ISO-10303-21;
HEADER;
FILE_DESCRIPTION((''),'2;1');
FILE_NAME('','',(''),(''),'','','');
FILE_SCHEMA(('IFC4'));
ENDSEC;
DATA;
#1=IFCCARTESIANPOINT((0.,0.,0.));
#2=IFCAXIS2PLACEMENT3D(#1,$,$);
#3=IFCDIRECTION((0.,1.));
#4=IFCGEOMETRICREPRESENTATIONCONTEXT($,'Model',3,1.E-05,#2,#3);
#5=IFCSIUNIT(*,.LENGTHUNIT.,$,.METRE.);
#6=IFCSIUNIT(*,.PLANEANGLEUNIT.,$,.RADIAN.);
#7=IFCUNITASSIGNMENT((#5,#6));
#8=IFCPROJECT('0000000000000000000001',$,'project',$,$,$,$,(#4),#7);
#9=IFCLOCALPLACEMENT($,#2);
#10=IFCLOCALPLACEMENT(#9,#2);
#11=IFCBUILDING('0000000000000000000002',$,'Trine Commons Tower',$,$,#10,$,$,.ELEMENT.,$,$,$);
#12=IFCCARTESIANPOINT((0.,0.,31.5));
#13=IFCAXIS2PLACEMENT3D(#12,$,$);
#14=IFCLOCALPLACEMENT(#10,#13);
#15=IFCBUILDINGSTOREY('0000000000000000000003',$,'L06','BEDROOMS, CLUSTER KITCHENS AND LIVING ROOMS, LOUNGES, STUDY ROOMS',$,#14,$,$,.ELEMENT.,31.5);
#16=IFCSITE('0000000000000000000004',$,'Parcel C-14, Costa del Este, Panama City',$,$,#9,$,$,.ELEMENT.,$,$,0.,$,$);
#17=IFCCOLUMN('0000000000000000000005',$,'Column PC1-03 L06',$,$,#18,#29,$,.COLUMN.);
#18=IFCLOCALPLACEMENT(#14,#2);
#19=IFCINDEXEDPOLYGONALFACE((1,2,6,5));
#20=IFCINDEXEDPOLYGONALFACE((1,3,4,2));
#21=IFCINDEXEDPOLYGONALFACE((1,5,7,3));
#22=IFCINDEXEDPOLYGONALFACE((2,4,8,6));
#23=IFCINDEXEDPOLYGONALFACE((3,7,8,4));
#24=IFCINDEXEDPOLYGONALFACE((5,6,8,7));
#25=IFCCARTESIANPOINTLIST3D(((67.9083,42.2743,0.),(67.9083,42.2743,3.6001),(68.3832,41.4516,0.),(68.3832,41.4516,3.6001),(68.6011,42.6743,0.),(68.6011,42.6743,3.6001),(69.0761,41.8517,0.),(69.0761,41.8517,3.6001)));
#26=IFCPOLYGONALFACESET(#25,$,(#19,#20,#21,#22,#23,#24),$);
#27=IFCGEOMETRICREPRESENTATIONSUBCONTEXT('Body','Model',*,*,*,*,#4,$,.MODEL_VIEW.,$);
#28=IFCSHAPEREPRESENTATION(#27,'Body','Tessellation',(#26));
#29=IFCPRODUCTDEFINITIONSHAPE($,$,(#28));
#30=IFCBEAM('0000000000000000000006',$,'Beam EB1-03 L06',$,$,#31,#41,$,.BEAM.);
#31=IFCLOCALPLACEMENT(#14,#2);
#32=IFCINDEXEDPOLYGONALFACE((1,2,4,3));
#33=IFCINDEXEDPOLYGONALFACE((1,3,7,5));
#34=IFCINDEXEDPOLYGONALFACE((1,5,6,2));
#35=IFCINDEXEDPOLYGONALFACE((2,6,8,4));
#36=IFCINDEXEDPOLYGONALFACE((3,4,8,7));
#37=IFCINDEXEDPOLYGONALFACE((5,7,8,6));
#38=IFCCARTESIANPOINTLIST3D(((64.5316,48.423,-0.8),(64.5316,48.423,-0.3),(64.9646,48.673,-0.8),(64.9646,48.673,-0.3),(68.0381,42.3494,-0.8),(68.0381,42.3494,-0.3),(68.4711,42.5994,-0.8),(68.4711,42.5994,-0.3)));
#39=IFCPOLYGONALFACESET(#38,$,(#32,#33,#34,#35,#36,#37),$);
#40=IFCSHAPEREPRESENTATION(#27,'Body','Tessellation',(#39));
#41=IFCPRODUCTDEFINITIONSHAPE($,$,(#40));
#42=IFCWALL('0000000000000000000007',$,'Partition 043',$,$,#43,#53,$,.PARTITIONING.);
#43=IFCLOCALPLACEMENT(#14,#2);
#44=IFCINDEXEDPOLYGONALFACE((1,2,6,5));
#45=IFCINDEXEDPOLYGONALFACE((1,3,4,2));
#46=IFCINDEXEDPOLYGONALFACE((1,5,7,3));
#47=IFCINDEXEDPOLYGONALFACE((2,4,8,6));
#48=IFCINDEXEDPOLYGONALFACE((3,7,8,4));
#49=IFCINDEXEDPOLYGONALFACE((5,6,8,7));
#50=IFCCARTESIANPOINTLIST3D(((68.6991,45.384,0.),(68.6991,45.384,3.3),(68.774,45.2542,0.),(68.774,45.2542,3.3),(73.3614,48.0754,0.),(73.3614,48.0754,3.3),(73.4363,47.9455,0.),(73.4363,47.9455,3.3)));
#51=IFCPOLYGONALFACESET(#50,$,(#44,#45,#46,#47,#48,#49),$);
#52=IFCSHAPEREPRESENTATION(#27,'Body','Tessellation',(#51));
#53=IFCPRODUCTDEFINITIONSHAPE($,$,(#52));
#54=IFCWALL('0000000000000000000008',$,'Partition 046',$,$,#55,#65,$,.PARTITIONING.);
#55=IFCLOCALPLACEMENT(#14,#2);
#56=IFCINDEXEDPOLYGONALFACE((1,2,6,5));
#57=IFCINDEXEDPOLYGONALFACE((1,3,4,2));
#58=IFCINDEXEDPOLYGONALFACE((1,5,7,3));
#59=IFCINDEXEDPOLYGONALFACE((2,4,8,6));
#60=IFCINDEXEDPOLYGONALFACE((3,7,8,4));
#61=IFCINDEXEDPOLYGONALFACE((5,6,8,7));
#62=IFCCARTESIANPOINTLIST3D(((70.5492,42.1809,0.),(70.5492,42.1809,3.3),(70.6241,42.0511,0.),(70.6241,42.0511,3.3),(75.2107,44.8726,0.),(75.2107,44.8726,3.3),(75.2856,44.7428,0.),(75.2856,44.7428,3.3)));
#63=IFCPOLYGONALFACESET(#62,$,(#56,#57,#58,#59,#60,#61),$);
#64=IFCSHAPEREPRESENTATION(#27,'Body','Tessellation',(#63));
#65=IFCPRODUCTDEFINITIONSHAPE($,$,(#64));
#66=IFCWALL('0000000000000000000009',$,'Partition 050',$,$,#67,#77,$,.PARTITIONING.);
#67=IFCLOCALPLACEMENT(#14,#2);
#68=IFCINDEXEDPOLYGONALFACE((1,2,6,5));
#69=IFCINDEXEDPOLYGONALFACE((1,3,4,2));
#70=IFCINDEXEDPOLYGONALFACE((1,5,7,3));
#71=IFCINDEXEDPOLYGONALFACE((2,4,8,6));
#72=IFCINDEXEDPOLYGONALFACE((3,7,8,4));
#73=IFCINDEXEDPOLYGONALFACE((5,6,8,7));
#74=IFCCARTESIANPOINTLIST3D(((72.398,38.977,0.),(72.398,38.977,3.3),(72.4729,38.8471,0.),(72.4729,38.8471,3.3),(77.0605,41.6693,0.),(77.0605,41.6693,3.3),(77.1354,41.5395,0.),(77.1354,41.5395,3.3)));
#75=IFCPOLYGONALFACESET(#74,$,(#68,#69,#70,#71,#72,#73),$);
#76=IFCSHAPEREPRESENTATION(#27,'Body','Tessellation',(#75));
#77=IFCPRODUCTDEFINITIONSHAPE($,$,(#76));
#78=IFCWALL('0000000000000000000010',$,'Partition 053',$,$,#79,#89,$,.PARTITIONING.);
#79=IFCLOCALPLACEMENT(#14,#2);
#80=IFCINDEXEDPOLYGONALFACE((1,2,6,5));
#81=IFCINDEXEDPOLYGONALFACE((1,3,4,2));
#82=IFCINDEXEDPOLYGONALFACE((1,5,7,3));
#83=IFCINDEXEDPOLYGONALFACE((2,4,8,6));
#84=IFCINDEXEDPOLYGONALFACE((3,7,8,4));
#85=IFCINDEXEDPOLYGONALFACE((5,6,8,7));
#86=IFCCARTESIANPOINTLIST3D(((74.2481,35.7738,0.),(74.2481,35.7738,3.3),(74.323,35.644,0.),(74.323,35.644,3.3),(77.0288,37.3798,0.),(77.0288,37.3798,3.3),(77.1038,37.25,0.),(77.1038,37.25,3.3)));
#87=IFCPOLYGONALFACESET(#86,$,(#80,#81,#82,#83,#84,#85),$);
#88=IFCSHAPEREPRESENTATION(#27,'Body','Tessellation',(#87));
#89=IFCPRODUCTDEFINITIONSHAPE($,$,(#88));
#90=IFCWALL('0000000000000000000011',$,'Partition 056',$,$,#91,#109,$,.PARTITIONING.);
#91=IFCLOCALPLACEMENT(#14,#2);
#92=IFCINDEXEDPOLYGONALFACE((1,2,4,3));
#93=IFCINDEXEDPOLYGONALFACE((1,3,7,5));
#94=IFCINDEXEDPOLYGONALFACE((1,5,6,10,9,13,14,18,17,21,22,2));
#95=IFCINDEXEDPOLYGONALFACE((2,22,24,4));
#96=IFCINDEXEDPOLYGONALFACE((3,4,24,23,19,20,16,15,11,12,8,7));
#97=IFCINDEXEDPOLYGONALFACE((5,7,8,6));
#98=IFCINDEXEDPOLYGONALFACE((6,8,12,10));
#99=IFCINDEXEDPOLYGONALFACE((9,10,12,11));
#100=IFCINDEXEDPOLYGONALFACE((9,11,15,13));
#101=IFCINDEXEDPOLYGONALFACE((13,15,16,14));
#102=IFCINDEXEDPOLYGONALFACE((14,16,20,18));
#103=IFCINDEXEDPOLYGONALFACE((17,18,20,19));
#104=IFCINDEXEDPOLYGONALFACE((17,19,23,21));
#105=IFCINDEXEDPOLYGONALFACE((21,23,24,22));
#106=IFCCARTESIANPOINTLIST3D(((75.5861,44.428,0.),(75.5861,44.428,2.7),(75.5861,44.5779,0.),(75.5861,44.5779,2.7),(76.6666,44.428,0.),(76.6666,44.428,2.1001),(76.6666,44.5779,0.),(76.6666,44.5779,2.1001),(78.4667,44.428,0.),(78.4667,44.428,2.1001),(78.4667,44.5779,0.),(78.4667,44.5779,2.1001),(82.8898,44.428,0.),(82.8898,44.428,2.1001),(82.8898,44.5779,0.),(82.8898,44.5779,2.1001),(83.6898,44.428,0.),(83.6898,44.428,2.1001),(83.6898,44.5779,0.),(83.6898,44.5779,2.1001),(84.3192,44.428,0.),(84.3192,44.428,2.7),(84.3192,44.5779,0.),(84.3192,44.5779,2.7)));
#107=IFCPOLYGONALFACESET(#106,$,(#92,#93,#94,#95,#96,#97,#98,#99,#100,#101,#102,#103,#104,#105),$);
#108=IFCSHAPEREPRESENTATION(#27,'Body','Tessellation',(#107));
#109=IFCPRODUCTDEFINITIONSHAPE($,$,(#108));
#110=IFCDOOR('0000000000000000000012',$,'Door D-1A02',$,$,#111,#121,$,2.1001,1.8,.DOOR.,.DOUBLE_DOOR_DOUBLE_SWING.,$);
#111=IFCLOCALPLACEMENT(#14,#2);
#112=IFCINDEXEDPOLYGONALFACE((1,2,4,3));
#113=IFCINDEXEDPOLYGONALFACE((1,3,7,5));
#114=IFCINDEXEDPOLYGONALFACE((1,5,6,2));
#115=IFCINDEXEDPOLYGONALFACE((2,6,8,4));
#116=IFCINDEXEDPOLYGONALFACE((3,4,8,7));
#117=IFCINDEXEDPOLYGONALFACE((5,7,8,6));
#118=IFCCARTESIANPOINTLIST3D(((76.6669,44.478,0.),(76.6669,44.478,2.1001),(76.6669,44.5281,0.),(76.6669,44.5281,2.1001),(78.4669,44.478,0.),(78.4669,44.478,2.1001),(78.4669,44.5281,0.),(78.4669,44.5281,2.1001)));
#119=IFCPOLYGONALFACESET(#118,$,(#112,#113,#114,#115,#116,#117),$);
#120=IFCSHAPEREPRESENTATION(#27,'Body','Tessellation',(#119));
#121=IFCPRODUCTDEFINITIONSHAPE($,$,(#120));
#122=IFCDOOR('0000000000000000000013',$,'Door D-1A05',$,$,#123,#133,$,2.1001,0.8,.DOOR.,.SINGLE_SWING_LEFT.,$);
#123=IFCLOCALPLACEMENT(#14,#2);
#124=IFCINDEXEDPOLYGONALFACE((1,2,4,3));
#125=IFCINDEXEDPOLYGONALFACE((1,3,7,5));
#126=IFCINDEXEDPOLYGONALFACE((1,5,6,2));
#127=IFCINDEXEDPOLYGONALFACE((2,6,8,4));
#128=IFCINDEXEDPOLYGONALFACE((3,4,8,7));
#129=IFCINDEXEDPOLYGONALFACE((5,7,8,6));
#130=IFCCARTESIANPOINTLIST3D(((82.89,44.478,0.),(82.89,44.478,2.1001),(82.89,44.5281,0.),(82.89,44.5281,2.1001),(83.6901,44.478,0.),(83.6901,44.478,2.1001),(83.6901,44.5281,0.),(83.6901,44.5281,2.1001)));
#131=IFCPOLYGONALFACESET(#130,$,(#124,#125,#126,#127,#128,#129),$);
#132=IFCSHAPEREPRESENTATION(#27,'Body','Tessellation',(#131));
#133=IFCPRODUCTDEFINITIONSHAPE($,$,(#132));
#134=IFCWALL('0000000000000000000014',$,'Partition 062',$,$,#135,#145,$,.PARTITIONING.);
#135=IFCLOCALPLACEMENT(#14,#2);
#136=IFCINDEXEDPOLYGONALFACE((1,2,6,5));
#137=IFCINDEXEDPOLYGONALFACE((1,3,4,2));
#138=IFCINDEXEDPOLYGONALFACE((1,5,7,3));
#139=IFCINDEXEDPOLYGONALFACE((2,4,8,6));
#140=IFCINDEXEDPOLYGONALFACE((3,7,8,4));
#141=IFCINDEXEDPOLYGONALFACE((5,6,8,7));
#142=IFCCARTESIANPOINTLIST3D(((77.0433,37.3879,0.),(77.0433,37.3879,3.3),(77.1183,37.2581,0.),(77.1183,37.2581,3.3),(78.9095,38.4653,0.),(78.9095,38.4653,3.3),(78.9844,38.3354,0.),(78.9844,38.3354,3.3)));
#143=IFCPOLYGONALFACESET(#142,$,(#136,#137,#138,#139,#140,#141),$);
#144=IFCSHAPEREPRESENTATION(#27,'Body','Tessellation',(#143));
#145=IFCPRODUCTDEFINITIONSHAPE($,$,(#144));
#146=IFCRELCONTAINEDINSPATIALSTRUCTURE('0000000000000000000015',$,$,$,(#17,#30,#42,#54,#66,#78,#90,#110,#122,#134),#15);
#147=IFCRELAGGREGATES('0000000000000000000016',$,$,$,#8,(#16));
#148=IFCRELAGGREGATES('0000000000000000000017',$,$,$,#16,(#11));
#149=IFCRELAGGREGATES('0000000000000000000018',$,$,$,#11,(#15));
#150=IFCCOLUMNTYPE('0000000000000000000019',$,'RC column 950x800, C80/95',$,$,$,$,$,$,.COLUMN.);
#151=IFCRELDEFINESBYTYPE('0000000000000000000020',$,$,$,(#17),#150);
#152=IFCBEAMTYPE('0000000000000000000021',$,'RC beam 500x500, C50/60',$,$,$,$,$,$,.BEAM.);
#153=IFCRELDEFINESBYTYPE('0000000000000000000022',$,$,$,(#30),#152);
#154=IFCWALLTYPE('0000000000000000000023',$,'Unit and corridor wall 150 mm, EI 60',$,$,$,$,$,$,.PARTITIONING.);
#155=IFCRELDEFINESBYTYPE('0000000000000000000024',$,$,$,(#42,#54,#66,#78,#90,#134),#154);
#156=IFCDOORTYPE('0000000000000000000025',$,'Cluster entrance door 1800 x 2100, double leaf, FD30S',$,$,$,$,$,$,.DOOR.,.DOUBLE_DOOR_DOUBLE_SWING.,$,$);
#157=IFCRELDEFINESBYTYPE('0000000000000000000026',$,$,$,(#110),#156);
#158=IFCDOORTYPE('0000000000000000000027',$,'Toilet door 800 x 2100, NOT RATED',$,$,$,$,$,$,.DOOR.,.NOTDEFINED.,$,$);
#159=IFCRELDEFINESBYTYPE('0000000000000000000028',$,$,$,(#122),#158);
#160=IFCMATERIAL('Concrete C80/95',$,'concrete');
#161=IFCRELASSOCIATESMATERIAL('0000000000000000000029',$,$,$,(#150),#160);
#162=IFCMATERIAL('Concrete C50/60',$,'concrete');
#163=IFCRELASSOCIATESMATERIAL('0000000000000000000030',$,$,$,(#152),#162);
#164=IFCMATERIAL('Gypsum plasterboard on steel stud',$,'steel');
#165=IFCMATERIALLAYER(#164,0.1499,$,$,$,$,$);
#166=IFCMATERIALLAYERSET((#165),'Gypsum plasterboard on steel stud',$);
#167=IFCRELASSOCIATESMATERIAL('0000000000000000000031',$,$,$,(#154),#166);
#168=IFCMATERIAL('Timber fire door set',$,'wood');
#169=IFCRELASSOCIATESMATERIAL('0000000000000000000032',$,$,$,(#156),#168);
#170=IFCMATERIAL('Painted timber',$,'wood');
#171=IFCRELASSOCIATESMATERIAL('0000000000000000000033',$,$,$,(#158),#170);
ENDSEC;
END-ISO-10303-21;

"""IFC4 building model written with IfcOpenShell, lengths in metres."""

from ifc_helpers import new_model, si_unit, direction, frame, frame_2d, origin, origin_2d, place, context, subcontext, project, spatial, rectangle, extrude, material, layer, layer_set, material_profile, profile_set, type_object, element, fill, save


model = new_model("IFC4")

# Units and contexts
model_context = context("Model", 3, precision=1e-05, world=origin(), true_north=direction((0.0, 1.0)))
body_context = subcontext(model_context, "Body", "Model", "MODEL_VIEW")
ifc_project = project(units=[si_unit("LENGTHUNIT", "METRE"), si_unit("PLANEANGLEUNIT", "RADIAN")], contexts=[model_context])

# Site, building, storey
site_placement = place(None, origin())
site = spatial("IfcSite", under=ifc_project, at=site_placement, Name="Parcel C-14, Costa del Este, Panama City", CompositionType="ELEMENT", RefElevation=0.0)
building_placement = place(site_placement, origin())
building = spatial("IfcBuilding", under=site, at=building_placement, Name="Trine Commons Tower", CompositionType="ELEMENT")
storey_placement = place(building_placement, frame((0.0, 0.0, 31.5)))
storey = spatial("IfcBuildingStorey", under=building, at=storey_placement, Name="L06", Description="BEDROOMS, CLUSTER KITCHENS AND LIVING ROOMS, LOUNGES, STUDY ROOMS", CompositionType="ELEMENT", Elevation=31.5)

# Column
ifc_material_1 = material(Name="Concrete C80/95", Category="concrete")
ifc_material_profile_1 = material_profile(ifc_material_1, rectangle(XDim=0.95, YDim=0.8, at=origin_2d()), Name="RC 950x800")
ifc_profile_set_1 = profile_set([ifc_material_profile_1], Name="Concrete C80/95")
column_type = type_object("IfcColumnType", Name="RC column 950x800, C80/95", PredefinedType="COLUMN", material=ifc_profile_set_1)
column_placement = place(storey_placement, frame((68.4922, 42.063, 0.0), z_axis=(0.0, 0.0, 1.0), x_axis=(-0.5, 0.866025, 0.0)))
element("IfcColumn", 1, at=column_placement, inside=storey, type_object=column_type, Name="Column PC1-03 L06", PredefinedType="COLUMN", context=body_context, shape_type="SweptSolid", body=[
    extrude(rectangle(XDim=0.95, YDim=0.8, at=origin_2d()), origin(), (0.0, 0.0, 1.0), 3.6001),
])

# Beam
ifc_material_2 = material(Name="Concrete C50/60", Category="concrete")
ifc_material_profile_2 = material_profile(ifc_material_2, rectangle(XDim=0.5, YDim=0.5, at=origin_2d()), Name="RC 500x500")
ifc_profile_set_2 = profile_set([ifc_material_profile_2], Name="Concrete C50/60")
beam_type = type_object("IfcBeamType", Name="RC beam 500x500, C50/60", PredefinedType="BEAM", material=ifc_profile_set_2)
beam_placement = place(storey_placement, frame((68.2546, 42.4744, -0.55), z_axis=(-0.499992, 0.86603, 0.0), x_axis=(-0.86603, -0.499992, 0.0)))
element("IfcBeam", 2, at=beam_placement, inside=storey, type_object=beam_type, Name="Beam EB1-03 L06", PredefinedType="BEAM", context=body_context, shape_type="SweptSolid", body=[
    extrude(rectangle(XDim=0.5, YDim=0.5, at=origin_2d()), origin(), (0.0, 0.0, 1.0), 7.0132),
])

# Walls
ifc_material_3 = material(Name="Gypsum plasterboard on steel stud", Category="steel")
ifc_layer_1 = layer(ifc_material_3, 0.1499)
ifc_layer_set_1 = layer_set([ifc_layer_1], Name="Gypsum plasterboard on steel stud")
wall_type_1 = type_object("IfcWallType", Name="Unit and corridor wall 150 mm, EI 60", PredefinedType="PARTITIONING", material=ifc_layer_set_1)
wall_1_placement = place(storey_placement, frame((68.7366, 45.3191, 0.0), z_axis=(0.0, 0.0, 1.0), x_axis=(0.866058, 0.499944, 0.0)))
element("IfcWall", 3, at=wall_1_placement, inside=storey, type_object=wall_type_1, Name="Partition 043", PredefinedType="PARTITIONING", context=body_context, shape_type="SweptSolid", body=[
    extrude(rectangle(XDim=5.3833, YDim=0.1499, at=frame_2d((2.6917, 0.0))), origin(), (0.0, 0.0, 1.0), 3.3),
])
wall_2_placement = place(storey_placement, frame((70.5867, 42.116, 0.0), z_axis=(0.0, 0.0, 1.0), x_axis=(0.865993, 0.500056, 0.0)))
element("IfcWall", 4, at=wall_2_placement, inside=storey, type_object=wall_type_1, Name="Partition 046", PredefinedType="PARTITIONING", context=body_context, shape_type="SweptSolid", body=[
    extrude(rectangle(XDim=5.3828, YDim=0.1499, at=frame_2d((2.6914, 0.0))), origin(), (0.0, 0.0, 1.0), 3.3),
])
wall_3_placement = place(storey_placement, frame((72.4355, 38.9121, 0.0), z_axis=(0.0, 0.0, 1.0), x_axis=(0.865991, 0.50006, 0.0)))
element("IfcWall", 5, at=wall_3_placement, inside=storey, type_object=wall_type_1, Name="Partition 050", PredefinedType="PARTITIONING", context=body_context, shape_type="SweptSolid", body=[
    extrude(rectangle(XDim=5.384, YDim=0.1499, at=frame_2d((2.6919, 0.0))), origin(), (0.0, 0.0, 1.0), 3.3),
])
wall_4_placement = place(storey_placement, frame((74.2856, 35.709, 0.0), z_axis=(0.0, 0.0, 1.0), x_axis=(0.86596, 0.500113, 0.0)))
element("IfcWall", 6, at=wall_4_placement, inside=storey, type_object=wall_type_1, Name="Partition 053", PredefinedType="PARTITIONING", context=body_context, shape_type="SweptSolid", body=[
    extrude(rectangle(XDim=3.2112, YDim=0.1499, at=frame_2d((1.6055, 0.0))), origin(), (0.0, 0.0, 1.0), 3.3),
])

# Wall, openings, doors
wall_5_placement = place(storey_placement, frame((75.5859, 44.5029, 0.0), z_axis=(0.0, 0.0, 1.0), x_axis=(1.0, 0.0, 0.0)))
wall_5 = element("IfcWall", 7, at=wall_5_placement, inside=storey, type_object=wall_type_1, Name="Partition 056", PredefinedType="PARTITIONING", context=body_context, shape_type="SweptSolid", body=[
    extrude(rectangle(XDim=8.7332, YDim=0.1499, at=frame_2d((4.3667, 0.0))), origin(), (0.0, 0.0, 1.0), 2.7),
])
opening_1_placement = place(wall_5_placement, frame((1.0808, 0.0, 0.0)))
opening_1 = element("IfcOpeningElement", 8, at=opening_1_placement, cuts=wall_5, PredefinedType="OPENING", context=body_context, shape_type="SweptSolid", body=[
    extrude(rectangle(XDim=1.8, YDim=2.1001, at=frame_2d((0.8999, 1.05))), frame((0.0, 0.085, 0.0), z_axis=(0.0, -1.0, 0.0), x_axis=(1.0, 0.0, 0.0)), (0.0, 0.0, 1.0), 0.1699),
])
opening_2_placement = place(wall_5_placement, frame((7.304, 0.0, 0.0)))
opening_2 = element("IfcOpeningElement", 9, at=opening_2_placement, cuts=wall_5, PredefinedType="OPENING", context=body_context, shape_type="SweptSolid", body=[
    extrude(rectangle(XDim=0.8, YDim=2.1001, at=frame_2d((0.3999, 1.05))), frame((0.0, 0.085, 0.0), z_axis=(0.0, -1.0, 0.0), x_axis=(1.0, 0.0, 0.0)), (0.0, 0.0, 1.0), 0.1699),
])
ifc_material_4 = material(Name="Timber fire door set", Category="wood")
door_type_1 = type_object("IfcDoorType", Name="Cluster entrance door 1800 x 2100, double leaf, FD30S", OperationType="DOUBLE_DOOR_DOUBLE_SWING", PredefinedType="DOOR", material=ifc_material_4)
door_1_placement = place(opening_1_placement, frame((1.8, 0.0, 0.0), z_axis=(0.0, 0.0, 1.0), x_axis=(-1.0, 0.0, 0.0)))
door_1 = element("IfcDoor", 10, at=door_1_placement, inside=storey, type_object=door_type_1, Name="Door D-1A02", OperationType="DOUBLE_DOOR_DOUBLE_SWING", OverallHeight=2.1001, OverallWidth=1.8, PredefinedType="DOOR", context=body_context, shape_type="SweptSolid", body=[
    extrude(rectangle(XDim=1.8, YDim=2.1001, at=frame_2d((0.8999, 1.05))), frame((0.0, 0.0249, 0.0), z_axis=(0.0, -1.0, 0.0), x_axis=(1.0, 0.0, 0.0)), (0.0, 0.0, 1.0), 0.05),
])
fill(opening_1, door_1)
ifc_material_5 = material(Name="Painted timber", Category="wood")
door_type_2 = type_object("IfcDoorType", Name="Toilet door 800 x 2100, NOT RATED", OperationType="NOTDEFINED", PredefinedType="DOOR", material=ifc_material_5)
door_2_placement = place(opening_2_placement, frame((0.8, 0.0, 0.0), z_axis=(0.0, 0.0, 1.0), x_axis=(-1.0, 0.0, 0.0)))
door_2 = element("IfcDoor", 11, at=door_2_placement, inside=storey, type_object=door_type_2, Name="Door D-1A05", OperationType="SINGLE_SWING_LEFT", OverallHeight=2.1001, OverallWidth=0.8, PredefinedType="DOOR", context=body_context, shape_type="SweptSolid", body=[
    extrude(rectangle(XDim=0.8, YDim=2.1001, at=frame_2d((0.3999, 1.05))), frame((0.0, 0.0249, 0.0), z_axis=(0.0, -1.0, 0.0), x_axis=(1.0, 0.0, 0.0)), (0.0, 0.0, 1.0), 0.05),
])
fill(opening_2, door_2)

# Wall
wall_6_placement = place(storey_placement, frame((77.0808, 37.323, 0.0), z_axis=(0.0, 0.0, 1.0), x_axis=(0.866038, 0.499977, 0.0)))
element("IfcWall", 12, at=wall_6_placement, inside=storey, type_object=wall_type_1, Name="Partition 062", PredefinedType="PARTITIONING", context=body_context, shape_type="SweptSolid", body=[
    extrude(rectangle(XDim=2.1548, YDim=0.1499, at=frame_2d((1.0774, 0.0))), origin(), (0.0, 0.0, 1.0), 3.3),
])

save(model, "model.ifc")
